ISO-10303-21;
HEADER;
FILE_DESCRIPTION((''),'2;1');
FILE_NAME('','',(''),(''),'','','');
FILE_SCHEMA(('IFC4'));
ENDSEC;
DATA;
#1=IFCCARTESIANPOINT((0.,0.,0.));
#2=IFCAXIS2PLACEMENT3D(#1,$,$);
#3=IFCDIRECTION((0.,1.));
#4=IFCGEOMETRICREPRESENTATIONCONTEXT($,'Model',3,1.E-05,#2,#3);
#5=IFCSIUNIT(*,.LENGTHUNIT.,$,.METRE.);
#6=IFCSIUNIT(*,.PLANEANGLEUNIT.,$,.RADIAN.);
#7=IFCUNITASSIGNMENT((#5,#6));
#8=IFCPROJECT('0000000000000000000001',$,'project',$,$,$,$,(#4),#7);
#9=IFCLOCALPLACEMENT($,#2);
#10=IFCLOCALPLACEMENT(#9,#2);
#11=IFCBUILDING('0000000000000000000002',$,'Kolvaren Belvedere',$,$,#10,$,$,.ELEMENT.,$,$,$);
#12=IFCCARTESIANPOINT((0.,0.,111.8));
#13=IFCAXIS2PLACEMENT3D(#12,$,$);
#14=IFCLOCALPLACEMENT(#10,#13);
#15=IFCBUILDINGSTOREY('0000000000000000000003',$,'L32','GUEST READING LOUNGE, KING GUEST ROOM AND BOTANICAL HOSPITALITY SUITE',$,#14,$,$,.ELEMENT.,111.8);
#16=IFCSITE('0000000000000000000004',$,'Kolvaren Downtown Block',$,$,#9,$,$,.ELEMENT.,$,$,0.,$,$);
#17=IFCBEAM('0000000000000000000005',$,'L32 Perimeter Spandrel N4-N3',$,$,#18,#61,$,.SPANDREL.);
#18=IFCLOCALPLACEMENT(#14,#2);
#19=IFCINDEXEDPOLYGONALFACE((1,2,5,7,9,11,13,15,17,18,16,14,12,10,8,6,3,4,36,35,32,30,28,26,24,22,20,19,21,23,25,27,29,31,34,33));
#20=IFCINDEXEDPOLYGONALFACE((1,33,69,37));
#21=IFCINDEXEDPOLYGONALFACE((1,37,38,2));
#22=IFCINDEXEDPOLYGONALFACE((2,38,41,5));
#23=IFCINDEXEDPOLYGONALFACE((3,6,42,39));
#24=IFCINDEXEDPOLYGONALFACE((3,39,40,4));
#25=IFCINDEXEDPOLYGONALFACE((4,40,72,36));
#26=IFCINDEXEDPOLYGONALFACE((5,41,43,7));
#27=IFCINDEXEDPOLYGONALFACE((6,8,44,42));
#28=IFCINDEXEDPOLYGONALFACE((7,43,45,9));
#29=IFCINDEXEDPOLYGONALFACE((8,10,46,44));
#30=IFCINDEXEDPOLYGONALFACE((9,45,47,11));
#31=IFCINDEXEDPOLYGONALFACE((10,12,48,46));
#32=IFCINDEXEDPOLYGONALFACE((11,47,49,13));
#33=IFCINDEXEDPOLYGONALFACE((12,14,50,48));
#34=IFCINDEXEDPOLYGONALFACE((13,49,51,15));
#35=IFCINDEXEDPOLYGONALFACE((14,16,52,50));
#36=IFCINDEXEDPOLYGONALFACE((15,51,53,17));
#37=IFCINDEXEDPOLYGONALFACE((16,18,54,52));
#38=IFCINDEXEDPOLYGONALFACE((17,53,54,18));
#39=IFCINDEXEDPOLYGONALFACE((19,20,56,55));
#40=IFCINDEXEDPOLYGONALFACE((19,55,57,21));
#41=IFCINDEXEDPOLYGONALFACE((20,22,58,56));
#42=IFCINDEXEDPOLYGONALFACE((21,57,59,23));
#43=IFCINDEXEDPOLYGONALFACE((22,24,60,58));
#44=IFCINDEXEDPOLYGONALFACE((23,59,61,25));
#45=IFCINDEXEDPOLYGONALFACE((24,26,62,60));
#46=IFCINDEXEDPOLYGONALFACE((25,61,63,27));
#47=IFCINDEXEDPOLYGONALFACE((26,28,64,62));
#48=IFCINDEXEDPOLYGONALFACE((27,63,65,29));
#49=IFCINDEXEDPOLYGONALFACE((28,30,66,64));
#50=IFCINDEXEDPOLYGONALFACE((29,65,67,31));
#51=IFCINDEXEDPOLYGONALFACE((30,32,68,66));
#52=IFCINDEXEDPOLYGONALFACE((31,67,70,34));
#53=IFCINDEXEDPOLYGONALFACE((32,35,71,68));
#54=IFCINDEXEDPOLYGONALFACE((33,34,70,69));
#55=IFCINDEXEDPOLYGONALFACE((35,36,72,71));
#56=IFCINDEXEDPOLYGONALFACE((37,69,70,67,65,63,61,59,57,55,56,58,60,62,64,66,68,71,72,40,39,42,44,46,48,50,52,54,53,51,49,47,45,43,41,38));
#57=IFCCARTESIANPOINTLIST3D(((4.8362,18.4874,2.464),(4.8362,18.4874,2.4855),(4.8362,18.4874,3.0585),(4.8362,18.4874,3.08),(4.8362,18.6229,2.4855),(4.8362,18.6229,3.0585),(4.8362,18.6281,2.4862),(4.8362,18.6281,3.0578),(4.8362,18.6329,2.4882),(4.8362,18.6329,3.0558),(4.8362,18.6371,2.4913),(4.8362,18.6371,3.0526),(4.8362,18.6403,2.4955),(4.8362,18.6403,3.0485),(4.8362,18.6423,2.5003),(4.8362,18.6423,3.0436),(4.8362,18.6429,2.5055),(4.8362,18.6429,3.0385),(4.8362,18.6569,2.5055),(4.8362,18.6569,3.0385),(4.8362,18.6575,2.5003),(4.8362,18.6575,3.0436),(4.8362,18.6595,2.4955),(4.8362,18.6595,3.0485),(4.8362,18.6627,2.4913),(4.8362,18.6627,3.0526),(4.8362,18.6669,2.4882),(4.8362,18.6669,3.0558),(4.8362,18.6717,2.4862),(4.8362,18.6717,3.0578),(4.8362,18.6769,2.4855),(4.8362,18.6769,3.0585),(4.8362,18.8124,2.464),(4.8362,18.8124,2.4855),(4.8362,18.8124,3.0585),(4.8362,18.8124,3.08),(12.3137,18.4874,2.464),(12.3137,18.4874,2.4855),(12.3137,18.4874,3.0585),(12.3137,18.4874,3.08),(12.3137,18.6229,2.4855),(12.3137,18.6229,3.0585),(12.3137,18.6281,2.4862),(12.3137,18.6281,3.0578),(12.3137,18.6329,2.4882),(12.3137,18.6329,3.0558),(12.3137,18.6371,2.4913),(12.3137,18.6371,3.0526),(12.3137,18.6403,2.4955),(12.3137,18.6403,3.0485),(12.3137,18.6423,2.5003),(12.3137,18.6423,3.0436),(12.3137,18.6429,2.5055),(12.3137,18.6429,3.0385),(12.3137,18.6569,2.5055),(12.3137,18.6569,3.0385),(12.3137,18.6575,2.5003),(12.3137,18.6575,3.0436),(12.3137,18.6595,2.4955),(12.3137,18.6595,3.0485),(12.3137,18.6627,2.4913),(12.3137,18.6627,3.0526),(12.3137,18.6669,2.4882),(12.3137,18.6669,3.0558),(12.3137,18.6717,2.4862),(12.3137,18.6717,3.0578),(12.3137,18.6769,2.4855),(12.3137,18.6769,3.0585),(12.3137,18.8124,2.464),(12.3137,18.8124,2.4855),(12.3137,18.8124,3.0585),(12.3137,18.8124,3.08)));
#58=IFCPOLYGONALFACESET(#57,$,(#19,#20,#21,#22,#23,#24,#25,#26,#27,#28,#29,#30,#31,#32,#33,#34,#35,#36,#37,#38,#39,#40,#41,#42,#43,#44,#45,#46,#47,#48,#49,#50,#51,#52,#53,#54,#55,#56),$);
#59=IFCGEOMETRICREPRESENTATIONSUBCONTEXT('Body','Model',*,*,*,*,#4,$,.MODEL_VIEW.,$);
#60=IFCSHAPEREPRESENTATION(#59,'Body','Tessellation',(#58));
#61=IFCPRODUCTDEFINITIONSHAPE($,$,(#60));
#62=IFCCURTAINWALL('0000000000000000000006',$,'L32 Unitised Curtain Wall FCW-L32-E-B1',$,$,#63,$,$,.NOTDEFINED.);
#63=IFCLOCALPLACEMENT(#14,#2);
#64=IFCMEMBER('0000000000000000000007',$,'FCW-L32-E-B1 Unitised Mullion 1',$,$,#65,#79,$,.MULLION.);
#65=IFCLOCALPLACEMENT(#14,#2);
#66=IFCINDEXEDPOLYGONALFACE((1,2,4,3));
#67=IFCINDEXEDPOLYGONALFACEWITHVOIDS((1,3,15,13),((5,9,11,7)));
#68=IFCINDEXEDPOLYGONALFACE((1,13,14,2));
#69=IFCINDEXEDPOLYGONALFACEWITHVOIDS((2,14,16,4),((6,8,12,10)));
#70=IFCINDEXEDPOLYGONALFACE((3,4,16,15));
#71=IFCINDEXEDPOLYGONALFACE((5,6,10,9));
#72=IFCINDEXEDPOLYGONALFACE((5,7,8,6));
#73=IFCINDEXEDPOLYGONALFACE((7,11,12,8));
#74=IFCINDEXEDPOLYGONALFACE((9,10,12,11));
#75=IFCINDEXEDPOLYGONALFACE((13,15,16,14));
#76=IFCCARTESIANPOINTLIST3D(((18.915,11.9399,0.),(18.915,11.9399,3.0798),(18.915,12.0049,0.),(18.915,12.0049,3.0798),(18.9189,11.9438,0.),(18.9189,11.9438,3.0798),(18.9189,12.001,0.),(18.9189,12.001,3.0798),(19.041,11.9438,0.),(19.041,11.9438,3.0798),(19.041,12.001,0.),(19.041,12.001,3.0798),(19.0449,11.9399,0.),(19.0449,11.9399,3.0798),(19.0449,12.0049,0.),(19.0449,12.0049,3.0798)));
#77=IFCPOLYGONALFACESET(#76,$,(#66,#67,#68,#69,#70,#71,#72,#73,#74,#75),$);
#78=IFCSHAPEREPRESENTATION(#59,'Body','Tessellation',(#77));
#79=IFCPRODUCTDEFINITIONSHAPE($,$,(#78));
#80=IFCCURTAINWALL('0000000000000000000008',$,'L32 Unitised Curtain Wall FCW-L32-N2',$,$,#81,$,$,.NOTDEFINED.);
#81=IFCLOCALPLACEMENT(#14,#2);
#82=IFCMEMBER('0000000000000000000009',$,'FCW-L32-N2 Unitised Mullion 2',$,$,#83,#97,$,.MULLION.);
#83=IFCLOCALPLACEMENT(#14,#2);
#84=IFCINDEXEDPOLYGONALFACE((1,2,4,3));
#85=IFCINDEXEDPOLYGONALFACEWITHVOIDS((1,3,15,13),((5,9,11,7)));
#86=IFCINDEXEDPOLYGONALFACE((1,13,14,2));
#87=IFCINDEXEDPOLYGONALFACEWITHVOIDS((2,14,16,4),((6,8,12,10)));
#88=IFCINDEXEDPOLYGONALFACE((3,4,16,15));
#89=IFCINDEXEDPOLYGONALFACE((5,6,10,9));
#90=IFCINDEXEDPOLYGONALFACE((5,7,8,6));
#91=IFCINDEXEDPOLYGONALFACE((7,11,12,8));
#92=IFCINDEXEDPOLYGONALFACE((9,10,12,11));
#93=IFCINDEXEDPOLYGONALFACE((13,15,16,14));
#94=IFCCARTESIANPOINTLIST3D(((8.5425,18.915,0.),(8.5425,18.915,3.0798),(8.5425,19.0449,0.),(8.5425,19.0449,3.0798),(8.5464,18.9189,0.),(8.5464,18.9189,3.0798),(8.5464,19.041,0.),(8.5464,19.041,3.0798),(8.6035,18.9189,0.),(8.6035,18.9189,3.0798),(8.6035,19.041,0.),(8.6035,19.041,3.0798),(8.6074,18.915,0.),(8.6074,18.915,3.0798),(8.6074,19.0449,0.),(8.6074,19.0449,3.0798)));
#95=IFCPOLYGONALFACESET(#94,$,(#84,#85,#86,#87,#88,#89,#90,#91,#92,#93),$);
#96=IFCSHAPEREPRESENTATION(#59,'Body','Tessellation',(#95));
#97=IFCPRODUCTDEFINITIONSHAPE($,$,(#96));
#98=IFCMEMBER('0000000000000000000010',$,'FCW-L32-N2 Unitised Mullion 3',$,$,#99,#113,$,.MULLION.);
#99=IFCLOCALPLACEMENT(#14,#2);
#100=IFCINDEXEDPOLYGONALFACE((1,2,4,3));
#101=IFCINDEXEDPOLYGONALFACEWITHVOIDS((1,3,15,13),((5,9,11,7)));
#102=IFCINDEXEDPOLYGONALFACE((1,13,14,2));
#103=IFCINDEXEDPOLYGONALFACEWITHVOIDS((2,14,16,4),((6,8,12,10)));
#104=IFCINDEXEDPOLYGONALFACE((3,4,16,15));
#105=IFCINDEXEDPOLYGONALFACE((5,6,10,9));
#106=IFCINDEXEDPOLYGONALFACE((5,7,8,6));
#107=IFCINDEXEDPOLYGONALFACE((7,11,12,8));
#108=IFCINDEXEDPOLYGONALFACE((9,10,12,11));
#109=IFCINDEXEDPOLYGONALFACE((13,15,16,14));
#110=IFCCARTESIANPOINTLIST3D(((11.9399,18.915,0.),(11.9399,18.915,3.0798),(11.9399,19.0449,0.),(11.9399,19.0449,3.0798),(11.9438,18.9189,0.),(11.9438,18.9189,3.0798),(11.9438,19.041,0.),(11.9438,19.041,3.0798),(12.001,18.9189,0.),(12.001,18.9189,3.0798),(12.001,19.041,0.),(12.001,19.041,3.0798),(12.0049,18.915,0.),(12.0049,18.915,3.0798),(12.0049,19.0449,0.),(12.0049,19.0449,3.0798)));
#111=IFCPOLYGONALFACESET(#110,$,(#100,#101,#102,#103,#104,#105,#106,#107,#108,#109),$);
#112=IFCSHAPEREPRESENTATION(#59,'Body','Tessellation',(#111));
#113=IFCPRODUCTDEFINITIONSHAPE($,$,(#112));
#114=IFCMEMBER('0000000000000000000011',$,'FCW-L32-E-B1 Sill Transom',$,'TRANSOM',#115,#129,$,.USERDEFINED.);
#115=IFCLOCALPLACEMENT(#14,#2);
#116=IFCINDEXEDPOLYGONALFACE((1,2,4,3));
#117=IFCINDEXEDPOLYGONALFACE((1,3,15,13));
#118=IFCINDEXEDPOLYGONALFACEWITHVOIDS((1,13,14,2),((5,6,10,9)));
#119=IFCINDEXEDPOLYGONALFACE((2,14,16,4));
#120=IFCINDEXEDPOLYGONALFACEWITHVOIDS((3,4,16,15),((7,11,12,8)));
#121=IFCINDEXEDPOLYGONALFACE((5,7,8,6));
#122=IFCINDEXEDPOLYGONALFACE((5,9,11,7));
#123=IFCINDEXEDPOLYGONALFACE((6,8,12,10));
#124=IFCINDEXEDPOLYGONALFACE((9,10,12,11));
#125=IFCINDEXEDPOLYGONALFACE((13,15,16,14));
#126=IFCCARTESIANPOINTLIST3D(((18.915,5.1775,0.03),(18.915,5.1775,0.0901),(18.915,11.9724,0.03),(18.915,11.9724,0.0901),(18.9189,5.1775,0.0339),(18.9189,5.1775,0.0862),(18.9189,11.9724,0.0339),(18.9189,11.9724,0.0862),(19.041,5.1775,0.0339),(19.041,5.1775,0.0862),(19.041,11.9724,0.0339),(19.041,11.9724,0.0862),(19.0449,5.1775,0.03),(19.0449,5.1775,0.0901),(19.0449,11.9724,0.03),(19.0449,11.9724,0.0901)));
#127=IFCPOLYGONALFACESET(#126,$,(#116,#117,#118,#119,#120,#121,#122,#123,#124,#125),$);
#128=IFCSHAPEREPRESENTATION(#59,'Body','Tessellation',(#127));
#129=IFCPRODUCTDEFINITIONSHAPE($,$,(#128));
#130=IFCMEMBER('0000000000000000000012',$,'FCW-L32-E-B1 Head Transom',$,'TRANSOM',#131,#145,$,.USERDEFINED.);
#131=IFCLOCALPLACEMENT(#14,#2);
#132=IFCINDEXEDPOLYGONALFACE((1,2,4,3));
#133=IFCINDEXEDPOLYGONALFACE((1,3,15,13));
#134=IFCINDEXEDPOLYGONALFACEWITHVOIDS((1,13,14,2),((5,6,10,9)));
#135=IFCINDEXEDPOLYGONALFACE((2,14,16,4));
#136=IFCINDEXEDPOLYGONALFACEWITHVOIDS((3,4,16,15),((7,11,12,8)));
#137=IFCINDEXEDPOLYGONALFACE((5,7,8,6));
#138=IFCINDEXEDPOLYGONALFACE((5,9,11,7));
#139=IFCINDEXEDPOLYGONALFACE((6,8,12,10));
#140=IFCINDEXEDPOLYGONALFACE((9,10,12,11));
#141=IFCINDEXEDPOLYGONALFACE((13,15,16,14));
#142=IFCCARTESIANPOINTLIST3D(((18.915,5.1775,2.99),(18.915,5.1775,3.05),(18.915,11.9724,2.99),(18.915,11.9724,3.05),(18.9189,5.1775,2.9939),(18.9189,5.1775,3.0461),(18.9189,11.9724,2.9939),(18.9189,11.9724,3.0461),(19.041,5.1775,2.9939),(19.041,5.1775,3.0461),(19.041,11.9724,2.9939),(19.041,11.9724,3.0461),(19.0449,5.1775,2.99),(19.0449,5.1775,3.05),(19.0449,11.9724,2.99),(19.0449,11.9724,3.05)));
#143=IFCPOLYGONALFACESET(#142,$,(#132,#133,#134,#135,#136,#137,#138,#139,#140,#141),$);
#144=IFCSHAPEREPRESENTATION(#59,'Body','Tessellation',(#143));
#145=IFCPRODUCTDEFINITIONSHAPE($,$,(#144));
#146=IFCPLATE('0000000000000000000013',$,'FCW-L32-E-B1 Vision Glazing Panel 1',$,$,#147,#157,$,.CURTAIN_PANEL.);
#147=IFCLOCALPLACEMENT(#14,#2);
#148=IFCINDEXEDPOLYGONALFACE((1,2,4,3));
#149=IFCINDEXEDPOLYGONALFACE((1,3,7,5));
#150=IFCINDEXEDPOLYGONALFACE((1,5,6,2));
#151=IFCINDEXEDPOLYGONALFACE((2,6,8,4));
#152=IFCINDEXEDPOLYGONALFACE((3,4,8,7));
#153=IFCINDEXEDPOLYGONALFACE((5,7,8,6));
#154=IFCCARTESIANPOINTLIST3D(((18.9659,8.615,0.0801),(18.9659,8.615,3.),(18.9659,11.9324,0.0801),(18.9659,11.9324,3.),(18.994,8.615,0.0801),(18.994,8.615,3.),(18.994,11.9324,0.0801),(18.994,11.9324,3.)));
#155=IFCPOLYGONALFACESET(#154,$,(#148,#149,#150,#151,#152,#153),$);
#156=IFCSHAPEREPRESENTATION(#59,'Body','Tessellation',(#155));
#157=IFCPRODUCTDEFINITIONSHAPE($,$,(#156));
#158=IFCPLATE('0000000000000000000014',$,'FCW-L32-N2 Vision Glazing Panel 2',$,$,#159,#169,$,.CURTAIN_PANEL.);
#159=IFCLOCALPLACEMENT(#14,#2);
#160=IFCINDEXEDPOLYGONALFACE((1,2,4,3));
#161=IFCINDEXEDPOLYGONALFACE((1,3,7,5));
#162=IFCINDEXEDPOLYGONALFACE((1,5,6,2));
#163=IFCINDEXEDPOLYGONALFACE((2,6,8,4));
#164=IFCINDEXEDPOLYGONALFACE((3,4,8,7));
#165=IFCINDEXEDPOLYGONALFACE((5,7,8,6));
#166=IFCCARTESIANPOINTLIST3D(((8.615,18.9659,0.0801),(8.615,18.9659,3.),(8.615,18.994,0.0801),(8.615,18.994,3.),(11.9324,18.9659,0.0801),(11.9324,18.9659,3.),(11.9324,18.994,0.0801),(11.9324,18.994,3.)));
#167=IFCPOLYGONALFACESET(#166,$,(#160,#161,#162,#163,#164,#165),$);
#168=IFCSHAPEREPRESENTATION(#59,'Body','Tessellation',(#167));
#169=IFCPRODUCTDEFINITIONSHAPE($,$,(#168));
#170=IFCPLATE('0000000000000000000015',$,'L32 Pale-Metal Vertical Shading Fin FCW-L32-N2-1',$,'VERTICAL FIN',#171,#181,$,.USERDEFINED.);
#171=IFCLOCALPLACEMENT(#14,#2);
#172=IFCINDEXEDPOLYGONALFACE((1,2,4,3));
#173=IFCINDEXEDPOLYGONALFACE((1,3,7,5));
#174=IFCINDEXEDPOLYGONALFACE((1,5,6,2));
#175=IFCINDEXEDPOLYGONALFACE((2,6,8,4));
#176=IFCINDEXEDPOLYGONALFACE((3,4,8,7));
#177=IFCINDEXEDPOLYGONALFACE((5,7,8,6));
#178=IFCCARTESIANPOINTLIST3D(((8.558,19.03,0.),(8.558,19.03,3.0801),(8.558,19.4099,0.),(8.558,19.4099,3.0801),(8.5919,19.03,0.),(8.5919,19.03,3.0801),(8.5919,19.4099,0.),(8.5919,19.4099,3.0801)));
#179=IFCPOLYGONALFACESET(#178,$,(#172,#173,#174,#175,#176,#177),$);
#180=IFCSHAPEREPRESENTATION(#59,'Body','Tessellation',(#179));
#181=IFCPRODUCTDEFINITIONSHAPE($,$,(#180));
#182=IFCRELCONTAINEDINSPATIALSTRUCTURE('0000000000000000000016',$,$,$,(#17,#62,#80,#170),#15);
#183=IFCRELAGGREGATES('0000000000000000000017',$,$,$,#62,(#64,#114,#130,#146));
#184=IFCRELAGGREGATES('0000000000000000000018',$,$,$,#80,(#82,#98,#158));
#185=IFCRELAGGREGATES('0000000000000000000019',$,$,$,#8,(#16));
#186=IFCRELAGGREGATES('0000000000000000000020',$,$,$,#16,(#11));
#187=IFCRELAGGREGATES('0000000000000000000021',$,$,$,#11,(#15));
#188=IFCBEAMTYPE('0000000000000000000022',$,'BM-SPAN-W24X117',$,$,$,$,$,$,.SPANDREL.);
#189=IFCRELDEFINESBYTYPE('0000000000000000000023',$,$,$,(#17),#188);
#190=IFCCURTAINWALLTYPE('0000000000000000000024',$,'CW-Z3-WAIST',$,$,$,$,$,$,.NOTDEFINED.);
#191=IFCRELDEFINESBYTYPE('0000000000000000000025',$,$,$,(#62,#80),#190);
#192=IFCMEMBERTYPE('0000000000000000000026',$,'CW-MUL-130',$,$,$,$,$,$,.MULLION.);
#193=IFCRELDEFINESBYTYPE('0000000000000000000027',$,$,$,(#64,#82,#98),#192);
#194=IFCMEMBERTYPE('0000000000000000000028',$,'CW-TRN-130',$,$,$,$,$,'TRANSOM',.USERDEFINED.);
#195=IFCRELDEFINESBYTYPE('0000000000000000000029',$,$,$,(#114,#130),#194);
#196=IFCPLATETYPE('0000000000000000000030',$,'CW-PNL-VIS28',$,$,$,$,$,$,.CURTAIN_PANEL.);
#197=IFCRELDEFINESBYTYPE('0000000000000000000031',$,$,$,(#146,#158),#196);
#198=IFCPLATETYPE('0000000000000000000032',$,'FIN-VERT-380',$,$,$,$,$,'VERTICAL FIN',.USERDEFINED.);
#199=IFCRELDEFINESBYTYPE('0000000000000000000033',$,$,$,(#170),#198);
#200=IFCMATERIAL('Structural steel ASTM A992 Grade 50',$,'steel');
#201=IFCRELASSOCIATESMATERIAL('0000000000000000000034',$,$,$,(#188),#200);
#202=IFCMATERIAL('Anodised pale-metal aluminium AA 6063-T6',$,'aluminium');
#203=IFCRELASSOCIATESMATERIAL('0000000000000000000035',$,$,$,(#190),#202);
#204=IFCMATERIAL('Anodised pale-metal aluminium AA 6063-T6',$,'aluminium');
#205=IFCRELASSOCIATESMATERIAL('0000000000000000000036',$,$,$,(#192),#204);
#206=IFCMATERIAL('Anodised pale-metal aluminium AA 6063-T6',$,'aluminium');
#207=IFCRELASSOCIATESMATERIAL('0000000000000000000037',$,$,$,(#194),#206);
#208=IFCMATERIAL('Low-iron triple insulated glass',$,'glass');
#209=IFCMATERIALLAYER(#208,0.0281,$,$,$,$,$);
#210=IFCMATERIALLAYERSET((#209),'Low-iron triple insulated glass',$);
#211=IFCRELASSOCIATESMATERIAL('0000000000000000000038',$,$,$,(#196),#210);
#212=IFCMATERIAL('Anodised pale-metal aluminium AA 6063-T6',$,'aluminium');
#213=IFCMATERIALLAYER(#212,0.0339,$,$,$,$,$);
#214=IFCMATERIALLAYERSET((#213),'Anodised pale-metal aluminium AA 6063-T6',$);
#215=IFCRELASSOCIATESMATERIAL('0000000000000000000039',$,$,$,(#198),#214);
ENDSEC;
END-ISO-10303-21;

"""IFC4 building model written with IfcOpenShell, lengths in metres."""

from ifc_helpers import new_model, si_unit, direction, frame, origin, origin_2d, place, context, subcontext, project, spatial, rectangle, hollow_rectangle, i_section, extrude, material, layer, layer_set, material_profile, profile_set, type_object, element, aggregate, save


model = new_model("IFC4")

# Units and contexts
model_context = context("Model", 3, precision=1e-05, world=origin(), true_north=direction((0.0, 1.0)))
body_context = subcontext(model_context, "Body", "Model", "MODEL_VIEW")
ifc_project = project(units=[si_unit("LENGTHUNIT", "METRE"), si_unit("PLANEANGLEUNIT", "RADIAN")], contexts=[model_context])

# Site, building, storey
site_placement = place(None, origin())
site = spatial("IfcSite", under=ifc_project, at=site_placement, Name="Kolvaren Downtown Block", CompositionType="ELEMENT", RefElevation=0.0)
building_placement = place(site_placement, origin())
building = spatial("IfcBuilding", under=site, at=building_placement, Name="Kolvaren Belvedere", CompositionType="ELEMENT")
storey_placement = place(building_placement, frame((0.0, 0.0, 111.8)))
storey = spatial("IfcBuildingStorey", under=building, at=storey_placement, Name="L32", Description="GUEST READING LOUNGE, KING GUEST ROOM AND BOTANICAL HOSPITALITY SUITE", CompositionType="ELEMENT", Elevation=111.8)

# Beam
ifc_material_1 = material(Name="Structural steel ASTM A992 Grade 50", Category="steel")
ifc_material_profile_1 = material_profile(ifc_material_1, i_section(OverallWidth=0.325, OverallDepth=0.616, WebThickness=0.0139, FlangeThickness=0.0215, FilletRadius=0.02, at=origin_2d()), Name="W24X117")
ifc_profile_set_1 = profile_set([ifc_material_profile_1], Name="Structural steel ASTM A992 Grade 50")
beam_type_1 = type_object("IfcBeamType", Name="BM-SPAN-W24X117", PredefinedType="SPANDREL", material=ifc_profile_set_1)
beam_1_placement = place(storey_placement, frame((12.3137, 18.6499, 2.772), z_axis=(-1.0, 0.0, 0.0), x_axis=(0.0, -1.0, 0.0)))
element("IfcBeam", 1, at=beam_1_placement, inside=storey, type_object=beam_type_1, Name="L32 Perimeter Spandrel N4-N3", PredefinedType="SPANDREL", context=body_context, shape_type="SweptSolid", body=[
    extrude(i_section(OverallWidth=0.325, OverallDepth=0.616, WebThickness=0.0139, FlangeThickness=0.0215, FilletRadius=0.02, at=origin_2d()), origin(), (0.0, 0.0, 1.0), 7.4775),
])

# Curtain wall, member
ifc_material_2 = material(Name="Anodised pale-metal aluminium AA 6063-T6", Category="aluminium")
curtain_wall_type = type_object("IfcCurtainWallType", Name="CW-Z3-WAIST", PredefinedType="NOTDEFINED", material=ifc_material_2)
curtain_wall_1_placement = place(storey_placement, origin())
curtain_wall_1 = element("IfcCurtainWall", 2, at=curtain_wall_1_placement, inside=storey, type_object=curtain_wall_type, Name="L32 Unitised Curtain Wall FCW-L32-E-B1", PredefinedType="NOTDEFINED")
ifc_material_3 = material(Name="Anodised pale-metal aluminium AA 6063-T6", Category="aluminium")
ifc_material_profile_2 = material_profile(ifc_material_3, hollow_rectangle(XDim=0.0649, YDim=0.1299, WallThickness=0.0039, at=origin_2d()), Name="ALU-MUL-130X65")
ifc_profile_set_2 = profile_set([ifc_material_profile_2], Name="Anodised pale-metal aluminium AA 6063-T6")
member_type_1 = type_object("IfcMemberType", Name="CW-MUL-130", PredefinedType="MULLION", material=ifc_profile_set_2)
member_1_placement = place(storey_placement, frame((18.98, 11.9724, 0.0), z_axis=(0.0, 0.0, 1.0), x_axis=(0.0, 1.0, 0.0)))
member_1 = element("IfcMember", 3, at=member_1_placement, type_object=member_type_1, Name="FCW-L32-E-B1 Unitised Mullion 1", PredefinedType="MULLION", context=body_context, shape_type="SweptSolid", body=[
    extrude(hollow_rectangle(XDim=0.0649, YDim=0.1299, WallThickness=0.0039, at=origin_2d()), origin(), (0.0, 0.0, 1.0), 3.0798),
])

# Curtain wall, members
curtain_wall_2_placement = place(storey_placement, origin())
curtain_wall_2 = element("IfcCurtainWall", 4, at=curtain_wall_2_placement, inside=storey, type_object=curtain_wall_type, Name="L32 Unitised Curtain Wall FCW-L32-N2", PredefinedType="NOTDEFINED")
member_2_placement = place(storey_placement, frame((8.575, 18.98, 0.0), z_axis=(0.0, 0.0, 1.0), x_axis=(1.0, 0.0, 0.0)))
member_2 = element("IfcMember", 5, at=member_2_placement, type_object=member_type_1, Name="FCW-L32-N2 Unitised Mullion 2", PredefinedType="MULLION", context=body_context, shape_type="SweptSolid", body=[
    extrude(hollow_rectangle(XDim=0.0649, YDim=0.1299, WallThickness=0.0039, at=origin_2d()), origin(), (0.0, 0.0, 1.0), 3.0798),
])
member_3_placement = place(storey_placement, frame((11.9724, 18.98, 0.0), z_axis=(0.0, 0.0, 1.0), x_axis=(1.0, 0.0, 0.0)))
member_3 = element("IfcMember", 6, at=member_3_placement, type_object=member_type_1, Name="FCW-L32-N2 Unitised Mullion 3", PredefinedType="MULLION", context=body_context, shape_type="SweptSolid", body=[
    extrude(hollow_rectangle(XDim=0.0649, YDim=0.1299, WallThickness=0.0039, at=origin_2d()), origin(), (0.0, 0.0, 1.0), 3.0798),
])

# Members
ifc_material_4 = material(Name="Anodised pale-metal aluminium AA 6063-T6", Category="aluminium")
ifc_material_profile_3 = material_profile(ifc_material_4, hollow_rectangle(XDim=0.0601, YDim=0.1299, WallThickness=0.0039, at=origin_2d()), Name="ALU-TRN-130X60")
ifc_profile_set_3 = profile_set([ifc_material_profile_3], Name="Anodised pale-metal aluminium AA 6063-T6")
member_type_2 = type_object("IfcMemberType", Name="CW-TRN-130", ElementType="TRANSOM", PredefinedType="USERDEFINED", material=ifc_profile_set_3)
member_4_placement = place(storey_placement, frame((18.98, 11.9724, 0.0601), z_axis=(0.0, -1.0, 0.0), x_axis=(0.0, 0.0, 1.0)))
member_4 = element("IfcMember", 7, at=member_4_placement, type_object=member_type_2, Name="FCW-L32-E-B1 Sill Transom", ObjectType="TRANSOM", PredefinedType="USERDEFINED", context=body_context, shape_type="SweptSolid", body=[
    extrude(hollow_rectangle(XDim=0.0601, YDim=0.1299, WallThickness=0.0039, at=origin_2d()), origin(), (0.0, 0.0, 1.0), 6.7949),
])
member_5_placement = place(storey_placement, frame((18.98, 11.9724, 3.02), z_axis=(0.0, -1.0, 0.0), x_axis=(0.0, 0.0, 1.0)))
member_5 = element("IfcMember", 8, at=member_5_placement, type_object=member_type_2, Name="FCW-L32-E-B1 Head Transom", ObjectType="TRANSOM", PredefinedType="USERDEFINED", context=body_context, shape_type="SweptSolid", body=[
    extrude(hollow_rectangle(XDim=0.0601, YDim=0.1299, WallThickness=0.0039, at=origin_2d()), origin(), (0.0, 0.0, 1.0), 6.7949),
])

# Plates
ifc_material_5 = material(Name="Low-iron triple insulated glass", Category="glass")
ifc_layer_1 = layer(ifc_material_5, 0.0281)
ifc_layer_set_1 = layer_set([ifc_layer_1], Name="Low-iron triple insulated glass")
plate_type_1 = type_object("IfcPlateType", Name="CW-PNL-VIS28", PredefinedType="CURTAIN_PANEL", material=ifc_layer_set_1)
plate_1_placement = place(storey_placement, frame((18.98, 10.2737, 0.0801), z_axis=(0.0, 0.0, 1.0), x_axis=(0.0, -1.0, 0.0)))
plate_1 = element("IfcPlate", 9, at=plate_1_placement, type_object=plate_type_1, Name="FCW-L32-E-B1 Vision Glazing Panel 1", PredefinedType="CURTAIN_PANEL", context=body_context, shape_type="SweptSolid", body=[
    extrude(rectangle(XDim=3.3174, YDim=0.0281, at=origin_2d()), origin(), (0.0, 0.0, 1.0), 2.9199),
])
aggregate(curtain_wall_1, [member_1, member_4, member_5, plate_1])
plate_2_placement = place(storey_placement, frame((10.2737, 18.98, 0.0801), z_axis=(0.0, 0.0, 1.0), x_axis=(1.0, 0.0, 0.0)))
plate_2 = element("IfcPlate", 10, at=plate_2_placement, type_object=plate_type_1, Name="FCW-L32-N2 Vision Glazing Panel 2", PredefinedType="CURTAIN_PANEL", context=body_context, shape_type="SweptSolid", body=[
    extrude(rectangle(XDim=3.3174, YDim=0.0281, at=origin_2d()), origin(), (0.0, 0.0, 1.0), 2.9199),
])
aggregate(curtain_wall_2, [member_2, member_3, plate_2])
ifc_material_6 = material(Name="Anodised pale-metal aluminium AA 6063-T6", Category="aluminium")
ifc_layer_2 = layer(ifc_material_6, 0.0339)
ifc_layer_set_2 = layer_set([ifc_layer_2], Name="Anodised pale-metal aluminium AA 6063-T6")
plate_type_2 = type_object("IfcPlateType", Name="FIN-VERT-380", ElementType="VERTICAL FIN", PredefinedType="USERDEFINED", material=ifc_layer_set_2)
plate_3_placement = place(storey_placement, frame((8.575, 19.22, 0.0), z_axis=(0.0, 0.0, 1.0), x_axis=(0.0, 1.0, 0.0)))
element("IfcPlate", 11, at=plate_3_placement, inside=storey, type_object=plate_type_2, Name="L32 Pale-Metal Vertical Shading Fin FCW-L32-N2-1", ObjectType="VERTICAL FIN", PredefinedType="USERDEFINED", context=body_context, shape_type="SweptSolid", body=[
    extrude(rectangle(XDim=0.3799, YDim=0.0339, at=origin_2d()), origin(), (0.0, 0.0, 1.0), 3.0801),
])

save(model, "model.ifc")
